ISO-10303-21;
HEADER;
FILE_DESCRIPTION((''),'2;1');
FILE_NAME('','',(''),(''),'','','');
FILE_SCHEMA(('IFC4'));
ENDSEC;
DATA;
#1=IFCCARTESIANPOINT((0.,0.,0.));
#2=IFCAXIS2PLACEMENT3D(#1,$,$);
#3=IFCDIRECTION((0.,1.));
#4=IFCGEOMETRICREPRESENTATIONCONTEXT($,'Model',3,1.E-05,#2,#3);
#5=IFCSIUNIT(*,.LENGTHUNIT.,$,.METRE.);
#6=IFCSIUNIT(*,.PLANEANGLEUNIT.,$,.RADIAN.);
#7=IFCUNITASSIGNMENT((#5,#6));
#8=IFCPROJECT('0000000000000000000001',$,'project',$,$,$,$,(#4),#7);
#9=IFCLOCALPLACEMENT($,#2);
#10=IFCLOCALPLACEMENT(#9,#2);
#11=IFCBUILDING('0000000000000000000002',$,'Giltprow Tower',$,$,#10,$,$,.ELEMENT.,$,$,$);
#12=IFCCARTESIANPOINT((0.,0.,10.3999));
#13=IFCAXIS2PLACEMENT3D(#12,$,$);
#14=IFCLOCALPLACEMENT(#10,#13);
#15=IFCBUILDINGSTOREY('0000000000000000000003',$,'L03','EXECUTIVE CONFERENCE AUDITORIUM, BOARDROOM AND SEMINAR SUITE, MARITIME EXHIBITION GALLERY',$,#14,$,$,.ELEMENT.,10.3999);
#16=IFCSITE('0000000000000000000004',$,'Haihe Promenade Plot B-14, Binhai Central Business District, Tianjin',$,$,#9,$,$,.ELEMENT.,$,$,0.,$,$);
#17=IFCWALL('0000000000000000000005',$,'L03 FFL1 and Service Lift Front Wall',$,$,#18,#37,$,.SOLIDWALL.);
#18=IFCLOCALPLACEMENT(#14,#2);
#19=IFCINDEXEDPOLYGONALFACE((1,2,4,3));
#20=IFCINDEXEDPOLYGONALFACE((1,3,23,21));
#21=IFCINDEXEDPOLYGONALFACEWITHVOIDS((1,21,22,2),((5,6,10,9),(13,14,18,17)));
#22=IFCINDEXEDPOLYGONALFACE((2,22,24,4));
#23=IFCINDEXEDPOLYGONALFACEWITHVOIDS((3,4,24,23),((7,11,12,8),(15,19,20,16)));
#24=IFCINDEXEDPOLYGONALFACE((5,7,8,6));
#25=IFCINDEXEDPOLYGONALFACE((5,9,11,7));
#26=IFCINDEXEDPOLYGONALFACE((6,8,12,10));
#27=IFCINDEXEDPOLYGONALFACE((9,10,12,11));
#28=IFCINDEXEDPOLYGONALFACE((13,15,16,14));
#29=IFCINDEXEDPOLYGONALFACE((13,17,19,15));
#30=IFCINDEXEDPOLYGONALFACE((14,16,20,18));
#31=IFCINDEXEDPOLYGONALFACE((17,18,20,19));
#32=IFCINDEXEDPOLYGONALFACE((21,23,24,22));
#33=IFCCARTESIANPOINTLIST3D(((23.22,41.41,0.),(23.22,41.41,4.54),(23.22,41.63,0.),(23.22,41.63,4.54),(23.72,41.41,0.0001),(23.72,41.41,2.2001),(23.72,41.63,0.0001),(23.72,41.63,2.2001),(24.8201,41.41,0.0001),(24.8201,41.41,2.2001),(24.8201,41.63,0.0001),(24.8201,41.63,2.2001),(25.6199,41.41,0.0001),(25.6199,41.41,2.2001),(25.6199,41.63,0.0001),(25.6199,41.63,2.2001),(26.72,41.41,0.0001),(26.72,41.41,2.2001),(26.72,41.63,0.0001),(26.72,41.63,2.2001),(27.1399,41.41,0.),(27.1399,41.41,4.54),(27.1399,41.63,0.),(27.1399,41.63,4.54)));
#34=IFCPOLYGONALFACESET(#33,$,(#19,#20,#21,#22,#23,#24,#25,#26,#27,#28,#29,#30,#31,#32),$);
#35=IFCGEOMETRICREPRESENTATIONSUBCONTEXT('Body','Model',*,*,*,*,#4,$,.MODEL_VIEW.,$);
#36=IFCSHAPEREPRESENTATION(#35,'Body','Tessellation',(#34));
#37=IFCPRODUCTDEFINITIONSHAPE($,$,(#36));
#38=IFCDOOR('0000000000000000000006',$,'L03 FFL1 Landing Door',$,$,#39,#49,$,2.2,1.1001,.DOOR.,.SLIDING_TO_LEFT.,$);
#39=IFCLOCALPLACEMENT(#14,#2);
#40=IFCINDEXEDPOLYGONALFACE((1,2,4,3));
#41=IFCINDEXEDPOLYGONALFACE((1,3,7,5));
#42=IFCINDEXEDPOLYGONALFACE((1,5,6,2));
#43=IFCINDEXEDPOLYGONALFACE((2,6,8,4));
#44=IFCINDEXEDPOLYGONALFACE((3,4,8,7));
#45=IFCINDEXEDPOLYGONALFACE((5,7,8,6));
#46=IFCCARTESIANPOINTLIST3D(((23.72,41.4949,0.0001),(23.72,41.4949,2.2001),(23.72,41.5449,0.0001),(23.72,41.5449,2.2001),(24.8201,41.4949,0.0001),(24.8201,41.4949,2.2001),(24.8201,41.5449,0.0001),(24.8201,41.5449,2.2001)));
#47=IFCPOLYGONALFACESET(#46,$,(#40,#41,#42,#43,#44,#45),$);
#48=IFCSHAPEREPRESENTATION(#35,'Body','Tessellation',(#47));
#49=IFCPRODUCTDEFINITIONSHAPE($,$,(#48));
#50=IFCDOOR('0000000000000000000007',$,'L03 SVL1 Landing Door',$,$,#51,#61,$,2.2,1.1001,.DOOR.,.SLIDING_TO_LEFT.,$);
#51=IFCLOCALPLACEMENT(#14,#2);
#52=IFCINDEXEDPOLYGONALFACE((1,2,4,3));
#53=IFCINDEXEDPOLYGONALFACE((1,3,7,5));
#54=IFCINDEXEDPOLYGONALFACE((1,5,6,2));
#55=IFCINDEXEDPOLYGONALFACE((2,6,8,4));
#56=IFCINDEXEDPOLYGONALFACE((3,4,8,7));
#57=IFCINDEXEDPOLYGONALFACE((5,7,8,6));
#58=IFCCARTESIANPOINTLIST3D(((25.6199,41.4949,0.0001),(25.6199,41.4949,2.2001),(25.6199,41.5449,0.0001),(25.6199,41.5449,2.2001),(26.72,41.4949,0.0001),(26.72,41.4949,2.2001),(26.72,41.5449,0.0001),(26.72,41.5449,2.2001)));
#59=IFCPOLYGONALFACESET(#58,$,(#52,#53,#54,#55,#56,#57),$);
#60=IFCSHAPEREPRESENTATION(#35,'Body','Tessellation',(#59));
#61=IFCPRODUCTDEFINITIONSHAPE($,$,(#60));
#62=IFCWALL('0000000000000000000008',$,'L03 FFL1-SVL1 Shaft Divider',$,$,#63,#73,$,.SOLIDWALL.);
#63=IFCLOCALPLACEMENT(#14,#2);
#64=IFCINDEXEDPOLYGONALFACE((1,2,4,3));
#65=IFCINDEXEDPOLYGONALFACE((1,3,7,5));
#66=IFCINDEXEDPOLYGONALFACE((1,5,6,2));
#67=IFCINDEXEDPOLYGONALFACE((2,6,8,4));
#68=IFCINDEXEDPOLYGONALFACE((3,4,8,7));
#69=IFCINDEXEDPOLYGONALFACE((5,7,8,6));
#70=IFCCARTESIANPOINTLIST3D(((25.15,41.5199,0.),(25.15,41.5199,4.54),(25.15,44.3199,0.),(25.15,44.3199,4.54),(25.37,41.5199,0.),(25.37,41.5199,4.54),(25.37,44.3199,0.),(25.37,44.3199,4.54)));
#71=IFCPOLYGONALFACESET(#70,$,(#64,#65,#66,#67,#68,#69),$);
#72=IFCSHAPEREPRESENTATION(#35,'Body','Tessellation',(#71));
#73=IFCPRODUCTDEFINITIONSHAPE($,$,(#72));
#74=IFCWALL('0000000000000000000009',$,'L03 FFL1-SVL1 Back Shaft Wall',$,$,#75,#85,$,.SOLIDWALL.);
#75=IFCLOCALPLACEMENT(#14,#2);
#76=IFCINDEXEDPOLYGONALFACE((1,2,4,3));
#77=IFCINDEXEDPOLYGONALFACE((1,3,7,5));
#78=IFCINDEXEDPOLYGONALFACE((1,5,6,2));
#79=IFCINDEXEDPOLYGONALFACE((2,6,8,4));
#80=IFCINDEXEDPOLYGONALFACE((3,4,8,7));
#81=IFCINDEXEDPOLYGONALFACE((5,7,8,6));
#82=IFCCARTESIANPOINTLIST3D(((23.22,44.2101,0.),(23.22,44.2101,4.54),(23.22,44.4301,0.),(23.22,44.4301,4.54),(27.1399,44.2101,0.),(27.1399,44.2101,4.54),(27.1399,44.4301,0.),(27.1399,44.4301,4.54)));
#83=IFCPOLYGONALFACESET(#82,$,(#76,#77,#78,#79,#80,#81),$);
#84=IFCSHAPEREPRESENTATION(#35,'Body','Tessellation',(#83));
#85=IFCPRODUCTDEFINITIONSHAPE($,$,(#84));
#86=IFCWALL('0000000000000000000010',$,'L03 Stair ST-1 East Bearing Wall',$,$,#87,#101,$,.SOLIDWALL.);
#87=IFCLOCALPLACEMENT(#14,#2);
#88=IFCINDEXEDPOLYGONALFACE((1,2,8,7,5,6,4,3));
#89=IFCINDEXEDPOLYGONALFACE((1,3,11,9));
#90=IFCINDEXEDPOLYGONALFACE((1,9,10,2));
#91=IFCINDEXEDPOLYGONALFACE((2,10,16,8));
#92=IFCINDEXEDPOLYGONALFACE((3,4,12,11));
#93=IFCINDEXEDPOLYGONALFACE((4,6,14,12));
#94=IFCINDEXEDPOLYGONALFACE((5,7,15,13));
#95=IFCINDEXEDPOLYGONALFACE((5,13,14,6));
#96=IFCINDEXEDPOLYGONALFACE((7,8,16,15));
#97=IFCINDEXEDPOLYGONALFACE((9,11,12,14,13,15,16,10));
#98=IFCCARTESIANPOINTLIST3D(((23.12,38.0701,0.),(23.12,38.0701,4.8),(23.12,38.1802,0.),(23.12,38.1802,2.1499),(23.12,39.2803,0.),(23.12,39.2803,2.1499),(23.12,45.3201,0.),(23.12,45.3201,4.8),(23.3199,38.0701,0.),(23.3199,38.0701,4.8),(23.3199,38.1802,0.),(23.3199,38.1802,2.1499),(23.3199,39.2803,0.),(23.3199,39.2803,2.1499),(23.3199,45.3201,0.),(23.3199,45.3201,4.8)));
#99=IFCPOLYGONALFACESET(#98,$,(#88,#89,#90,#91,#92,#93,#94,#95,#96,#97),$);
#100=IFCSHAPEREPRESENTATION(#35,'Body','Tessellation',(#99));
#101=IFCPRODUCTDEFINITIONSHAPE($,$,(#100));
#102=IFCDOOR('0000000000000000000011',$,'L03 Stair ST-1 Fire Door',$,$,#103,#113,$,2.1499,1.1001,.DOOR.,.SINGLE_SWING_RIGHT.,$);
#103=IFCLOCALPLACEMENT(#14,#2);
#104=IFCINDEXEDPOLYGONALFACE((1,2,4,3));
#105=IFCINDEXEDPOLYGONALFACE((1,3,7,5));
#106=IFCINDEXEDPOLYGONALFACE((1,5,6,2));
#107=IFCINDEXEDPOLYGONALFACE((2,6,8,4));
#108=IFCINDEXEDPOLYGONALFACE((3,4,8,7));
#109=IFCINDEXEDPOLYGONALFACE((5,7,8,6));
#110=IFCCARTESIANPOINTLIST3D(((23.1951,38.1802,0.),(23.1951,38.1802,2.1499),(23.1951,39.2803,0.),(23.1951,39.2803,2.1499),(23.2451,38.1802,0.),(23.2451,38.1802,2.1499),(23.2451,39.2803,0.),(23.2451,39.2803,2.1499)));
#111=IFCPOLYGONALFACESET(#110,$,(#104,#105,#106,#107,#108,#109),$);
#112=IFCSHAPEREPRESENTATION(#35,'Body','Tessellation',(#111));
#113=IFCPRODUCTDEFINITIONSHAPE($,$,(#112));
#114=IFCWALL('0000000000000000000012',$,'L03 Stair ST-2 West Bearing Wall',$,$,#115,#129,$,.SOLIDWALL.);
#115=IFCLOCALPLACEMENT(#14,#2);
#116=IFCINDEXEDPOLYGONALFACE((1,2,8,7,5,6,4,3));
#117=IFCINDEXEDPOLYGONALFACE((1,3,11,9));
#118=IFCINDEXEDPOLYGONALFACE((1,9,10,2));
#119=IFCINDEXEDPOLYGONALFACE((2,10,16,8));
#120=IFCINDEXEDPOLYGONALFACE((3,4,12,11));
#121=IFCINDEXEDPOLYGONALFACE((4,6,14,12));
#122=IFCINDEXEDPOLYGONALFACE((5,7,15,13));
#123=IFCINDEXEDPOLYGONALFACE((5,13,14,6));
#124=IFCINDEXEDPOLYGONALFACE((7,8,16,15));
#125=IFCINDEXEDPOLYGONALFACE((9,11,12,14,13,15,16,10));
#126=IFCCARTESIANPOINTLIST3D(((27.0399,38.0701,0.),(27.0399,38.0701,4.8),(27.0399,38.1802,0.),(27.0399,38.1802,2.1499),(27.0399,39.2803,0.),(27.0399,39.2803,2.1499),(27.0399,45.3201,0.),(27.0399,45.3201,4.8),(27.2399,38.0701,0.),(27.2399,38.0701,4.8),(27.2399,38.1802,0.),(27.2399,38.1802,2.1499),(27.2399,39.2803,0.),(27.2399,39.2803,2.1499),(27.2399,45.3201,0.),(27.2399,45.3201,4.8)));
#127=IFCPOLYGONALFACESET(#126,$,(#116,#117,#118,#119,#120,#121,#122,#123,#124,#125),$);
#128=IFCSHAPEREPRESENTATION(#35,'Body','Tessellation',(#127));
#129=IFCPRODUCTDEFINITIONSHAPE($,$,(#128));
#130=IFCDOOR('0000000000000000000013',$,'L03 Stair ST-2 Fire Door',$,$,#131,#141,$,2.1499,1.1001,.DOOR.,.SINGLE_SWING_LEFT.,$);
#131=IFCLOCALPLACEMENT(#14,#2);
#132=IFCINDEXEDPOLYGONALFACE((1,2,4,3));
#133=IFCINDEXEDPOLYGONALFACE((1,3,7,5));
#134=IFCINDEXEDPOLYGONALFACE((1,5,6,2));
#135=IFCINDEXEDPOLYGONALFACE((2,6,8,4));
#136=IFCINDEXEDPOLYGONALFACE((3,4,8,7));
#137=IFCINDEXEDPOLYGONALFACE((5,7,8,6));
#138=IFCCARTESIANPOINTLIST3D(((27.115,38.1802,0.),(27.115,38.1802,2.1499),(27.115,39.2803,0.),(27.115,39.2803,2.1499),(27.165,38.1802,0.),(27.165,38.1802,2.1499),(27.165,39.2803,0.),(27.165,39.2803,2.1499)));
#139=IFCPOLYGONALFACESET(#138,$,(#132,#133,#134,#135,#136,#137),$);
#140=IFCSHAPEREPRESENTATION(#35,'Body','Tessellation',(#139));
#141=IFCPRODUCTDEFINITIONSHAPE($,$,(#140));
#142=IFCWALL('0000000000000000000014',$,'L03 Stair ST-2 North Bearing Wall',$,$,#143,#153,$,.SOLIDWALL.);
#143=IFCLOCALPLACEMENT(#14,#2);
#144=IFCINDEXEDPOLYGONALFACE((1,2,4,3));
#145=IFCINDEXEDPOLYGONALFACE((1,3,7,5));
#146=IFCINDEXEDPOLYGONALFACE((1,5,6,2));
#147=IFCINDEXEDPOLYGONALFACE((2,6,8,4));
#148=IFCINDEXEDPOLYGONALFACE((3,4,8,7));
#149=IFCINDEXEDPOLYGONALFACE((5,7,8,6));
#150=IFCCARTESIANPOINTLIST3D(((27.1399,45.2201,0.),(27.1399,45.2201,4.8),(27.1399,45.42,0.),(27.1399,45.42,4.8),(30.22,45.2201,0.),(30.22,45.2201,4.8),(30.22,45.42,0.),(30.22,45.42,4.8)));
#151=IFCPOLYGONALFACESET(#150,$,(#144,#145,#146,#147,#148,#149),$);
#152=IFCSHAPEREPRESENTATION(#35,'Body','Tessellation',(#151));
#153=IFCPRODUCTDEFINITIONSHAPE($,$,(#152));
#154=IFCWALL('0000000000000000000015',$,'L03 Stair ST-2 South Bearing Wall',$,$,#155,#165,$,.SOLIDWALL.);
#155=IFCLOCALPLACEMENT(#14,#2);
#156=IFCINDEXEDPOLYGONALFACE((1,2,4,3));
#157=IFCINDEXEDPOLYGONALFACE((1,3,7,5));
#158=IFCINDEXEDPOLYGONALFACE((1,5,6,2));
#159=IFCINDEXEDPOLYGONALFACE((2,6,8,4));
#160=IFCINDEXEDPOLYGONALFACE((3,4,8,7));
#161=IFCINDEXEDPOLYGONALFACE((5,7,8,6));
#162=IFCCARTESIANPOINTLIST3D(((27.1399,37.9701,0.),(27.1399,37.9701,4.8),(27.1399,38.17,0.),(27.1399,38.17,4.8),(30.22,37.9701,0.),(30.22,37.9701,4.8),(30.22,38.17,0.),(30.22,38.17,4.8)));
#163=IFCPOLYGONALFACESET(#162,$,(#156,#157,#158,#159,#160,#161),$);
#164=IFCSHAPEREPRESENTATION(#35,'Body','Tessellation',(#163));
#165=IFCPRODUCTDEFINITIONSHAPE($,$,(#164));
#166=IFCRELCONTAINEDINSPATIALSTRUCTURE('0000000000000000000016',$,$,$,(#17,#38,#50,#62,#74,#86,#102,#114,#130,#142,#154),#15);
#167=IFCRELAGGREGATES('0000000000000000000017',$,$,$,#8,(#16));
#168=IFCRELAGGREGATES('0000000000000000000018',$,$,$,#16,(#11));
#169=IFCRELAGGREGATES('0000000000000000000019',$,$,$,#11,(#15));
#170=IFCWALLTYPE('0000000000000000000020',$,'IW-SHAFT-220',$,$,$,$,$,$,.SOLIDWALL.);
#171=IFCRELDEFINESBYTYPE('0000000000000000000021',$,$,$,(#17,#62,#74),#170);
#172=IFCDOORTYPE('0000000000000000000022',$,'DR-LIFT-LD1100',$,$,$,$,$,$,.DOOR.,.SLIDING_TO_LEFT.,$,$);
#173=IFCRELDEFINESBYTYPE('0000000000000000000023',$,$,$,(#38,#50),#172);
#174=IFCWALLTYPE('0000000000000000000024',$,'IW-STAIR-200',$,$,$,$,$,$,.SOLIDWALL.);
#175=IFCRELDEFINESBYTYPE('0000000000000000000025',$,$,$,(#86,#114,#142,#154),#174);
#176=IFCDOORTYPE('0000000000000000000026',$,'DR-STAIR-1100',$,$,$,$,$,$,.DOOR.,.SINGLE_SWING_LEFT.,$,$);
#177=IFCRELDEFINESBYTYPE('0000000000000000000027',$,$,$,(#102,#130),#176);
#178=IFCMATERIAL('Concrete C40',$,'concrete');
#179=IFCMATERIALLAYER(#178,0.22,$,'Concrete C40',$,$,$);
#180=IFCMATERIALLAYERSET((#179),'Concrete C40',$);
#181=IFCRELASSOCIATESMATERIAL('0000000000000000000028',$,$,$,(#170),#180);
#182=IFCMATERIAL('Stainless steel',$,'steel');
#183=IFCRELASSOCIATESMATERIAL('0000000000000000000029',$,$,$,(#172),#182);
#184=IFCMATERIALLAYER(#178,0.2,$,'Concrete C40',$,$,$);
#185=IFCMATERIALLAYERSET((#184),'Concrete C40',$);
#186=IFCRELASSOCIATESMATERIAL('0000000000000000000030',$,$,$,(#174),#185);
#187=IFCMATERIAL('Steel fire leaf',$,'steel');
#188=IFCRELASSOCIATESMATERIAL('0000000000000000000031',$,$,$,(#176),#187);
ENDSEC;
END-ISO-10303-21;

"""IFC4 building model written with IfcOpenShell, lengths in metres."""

from ifc_helpers import new_model, si_unit, direction, frame, frame_2d, origin, place, context, subcontext, project, spatial, rectangle, extrude, source, transform, mapped, material, layer, layer_set, type_object, element, fill, save


model = new_model("IFC4")

# Units and contexts
model_context = context("Model", 3, precision=1e-05, world=origin(), true_north=direction((0.0, 1.0)))
body_context = subcontext(model_context, "Body", "Model", "MODEL_VIEW")
ifc_project = project(units=[si_unit("LENGTHUNIT", "METRE"), si_unit("PLANEANGLEUNIT", "RADIAN")], contexts=[model_context])

# Site, building, storey
site_placement = place(None, origin())
site = spatial("IfcSite", under=ifc_project, at=site_placement, Name="Haihe Promenade Plot B-14, Binhai Central Business District, Tianjin", CompositionType="ELEMENT", RefElevation=0.0)
building_placement = place(site_placement, origin())
building = spatial("IfcBuilding", under=site, at=building_placement, Name="Giltprow Tower", CompositionType="ELEMENT")
storey_placement = place(building_placement, frame((0.0, 0.0, 10.3999)))
storey = spatial("IfcBuildingStorey", under=building, at=storey_placement, Name="L03", Description="EXECUTIVE CONFERENCE AUDITORIUM, BOARDROOM AND SEMINAR SUITE, MARITIME EXHIBITION GALLERY", CompositionType="ELEMENT", Elevation=10.3999)

# Wall, openings, doors
ifc_material_1 = material(Name="Concrete C40", Category="concrete")
ifc_layer_1 = layer(ifc_material_1, 0.22, Name="Concrete C40")
ifc_layer_set_1 = layer_set([ifc_layer_1], Name="Concrete C40")
wall_type_1 = type_object("IfcWallType", Name="IW-SHAFT-220", PredefinedType="SOLIDWALL", material=ifc_layer_set_1)
wall_1_placement = place(storey_placement, frame((23.22, 41.52, 0.0), z_axis=(0.0, 0.0, 1.0), x_axis=(1.0, 0.0, 0.0)))
wall_1 = element("IfcWall", 1, at=wall_1_placement, inside=storey, type_object=wall_type_1, Name="L03 FFL1 and Service Lift Front Wall", PredefinedType="SOLIDWALL", context=body_context, shape_type="SweptSolid", body=[
    extrude(rectangle(XDim=3.9199, YDim=0.22, at=frame_2d((1.96, 0.0))), origin(), (0.0, 0.0, 1.0), 4.54),
])
opening_1_placement = place(wall_1_placement, frame((0.5, 0.0, 0.0)))
opening_1 = element("IfcOpeningElement", 2, at=opening_1_placement, cuts=wall_1, PredefinedType="OPENING", context=body_context, shape_type="SweptSolid", body=[
    extrude(rectangle(XDim=1.1001, YDim=2.2, at=frame_2d((0.55, 1.1001))), frame((0.0, 0.1199, 0.0), z_axis=(0.0, -1.0, 0.0), x_axis=(1.0, 0.0, 0.0)), (0.0, 0.0, 1.0), 0.24),
])
opening_2_placement = place(wall_1_placement, frame((2.3999, 0.0, 0.0)))
opening_2 = element("IfcOpeningElement", 3, at=opening_2_placement, cuts=wall_1, PredefinedType="OPENING", context=body_context, shape_type="SweptSolid", body=[
    extrude(rectangle(XDim=1.1001, YDim=2.2, at=frame_2d((0.55, 1.1001))), frame((0.0, 0.1199, 0.0), z_axis=(0.0, -1.0, 0.0), x_axis=(1.0, 0.0, 0.0)), (0.0, 0.0, 1.0), 0.24),
])
ifc_material_2 = material(Name="Stainless steel", Category="steel")
door_type_1 = type_object("IfcDoorType", Name="DR-LIFT-LD1100", OperationType="SLIDING_TO_LEFT", PredefinedType="DOOR", material=ifc_material_2)
shared_shape_1 = source(origin(), body_context, "Body", "SweptSolid", [
    extrude(rectangle(XDim=1.1001, YDim=2.2, at=frame_2d((0.55, 1.1001))), frame((0.0, 0.0249, 0.0), z_axis=(0.0, -1.0, 0.0), x_axis=(1.0, 0.0, 0.0)), (0.0, 0.0, 1.0), 0.05),
])
door_1_placement = place(opening_1_placement, origin())
door_1 = element("IfcDoor", 4, at=door_1_placement, inside=storey, type_object=door_type_1, Name="L03 FFL1 Landing Door", OperationType="SLIDING_TO_LEFT", OverallHeight=2.2, OverallWidth=1.1001, PredefinedType="DOOR", context=body_context, shape_type="MappedRepresentation", body=[
    mapped(shared_shape_1, transform((0.0, 0.0, 0.0), x_axis=(1.0, 0.0, 0.0), y_axis=(0.0, 1.0, 0.0), z_axis=(0.0, 0.0, 1.0), scale=1.0)),
])
fill(opening_1, door_1)
door_2_placement = place(opening_2_placement, origin())
door_2 = element("IfcDoor", 5, at=door_2_placement, inside=storey, type_object=door_type_1, Name="L03 SVL1 Landing Door", OperationType="SLIDING_TO_LEFT", OverallHeight=2.2, OverallWidth=1.1001, PredefinedType="DOOR", context=body_context, shape_type="MappedRepresentation", body=[
    mapped(shared_shape_1, transform((0.0, 0.0, 0.0), x_axis=(1.0, 0.0, 0.0), y_axis=(0.0, 1.0, 0.0), z_axis=(0.0, 0.0, 1.0), scale=1.0)),
])
fill(opening_2, door_2)

# Walls
wall_2_placement = place(storey_placement, frame((25.26, 41.52, 0.0), z_axis=(0.0, 0.0, 1.0), x_axis=(0.0, 1.0, 0.0)))
element("IfcWall", 6, at=wall_2_placement, inside=storey, type_object=wall_type_1, Name="L03 FFL1-SVL1 Shaft Divider", PredefinedType="SOLIDWALL", context=body_context, shape_type="SweptSolid", body=[
    extrude(rectangle(XDim=2.8, YDim=0.22, at=frame_2d((1.3999, 0.0))), origin(), (0.0, 0.0, 1.0), 4.54),
])
wall_3_placement = place(storey_placement, frame((23.22, 44.3201, 0.0), z_axis=(0.0, 0.0, 1.0), x_axis=(1.0, 0.0, 0.0)))
element("IfcWall", 7, at=wall_3_placement, inside=storey, type_object=wall_type_1, Name="L03 FFL1-SVL1 Back Shaft Wall", PredefinedType="SOLIDWALL", context=body_context, shape_type="SweptSolid", body=[
    extrude(rectangle(XDim=3.9199, YDim=0.22, at=frame_2d((1.96, 0.0))), origin(), (0.0, 0.0, 1.0), 4.54),
])

# Walls, openings, doors
ifc_layer_2 = layer(ifc_material_1, 0.2, Name="Concrete C40")
ifc_layer_set_2 = layer_set([ifc_layer_2], Name="Concrete C40")
wall_type_2 = type_object("IfcWallType", Name="IW-STAIR-200", PredefinedType="SOLIDWALL", material=ifc_layer_set_2)
wall_4_placement = place(storey_placement, frame((23.22, 38.0701, 0.0), z_axis=(0.0, 0.0, 1.0), x_axis=(0.0, 1.0, 0.0)))
wall_4 = element("IfcWall", 8, at=wall_4_placement, inside=storey, type_object=wall_type_2, Name="L03 Stair ST-1 East Bearing Wall", PredefinedType="SOLIDWALL", context=body_context, shape_type="SweptSolid", body=[
    extrude(rectangle(XDim=7.25, YDim=0.2, at=frame_2d((3.625, 0.0))), origin(), (0.0, 0.0, 1.0), 4.8),
])
opening_3_placement = place(wall_4_placement, frame((0.1101, 0.0, 0.0)))
opening_3 = element("IfcOpeningElement", 9, at=opening_3_placement, cuts=wall_4, PredefinedType="OPENING", context=body_context, shape_type="SweptSolid", body=[
    extrude(rectangle(XDim=1.1001, YDim=2.1499, at=frame_2d((0.55, 1.075))), frame((0.0, 0.1099, 0.0), z_axis=(0.0, -1.0, 0.0), x_axis=(1.0, 0.0, 0.0)), (0.0, 0.0, 1.0), 0.22),
])
ifc_material_3 = material(Name="Steel fire leaf", Category="steel")
door_type_2 = type_object("IfcDoorType", Name="DR-STAIR-1100", OperationType="SINGLE_SWING_LEFT", PredefinedType="DOOR", material=ifc_material_3)
shared_shape_2 = source(origin(), body_context, "Body", "SweptSolid", [
    extrude(rectangle(XDim=1.1001, YDim=2.1499, at=frame_2d((0.55, 1.075))), frame((0.0, 0.0249, 0.0), z_axis=(0.0, -1.0, 0.0), x_axis=(1.0, 0.0, 0.0)), (0.0, 0.0, 1.0), 0.05),
])
door_3_placement = place(opening_3_placement, origin())
door_3 = element("IfcDoor", 10, at=door_3_placement, inside=storey, type_object=door_type_2, Name="L03 Stair ST-1 Fire Door", OperationType="SINGLE_SWING_RIGHT", OverallHeight=2.1499, OverallWidth=1.1001, PredefinedType="DOOR", context=body_context, shape_type="MappedRepresentation", body=[
    mapped(shared_shape_2, transform((0.0, 0.0, 0.0), x_axis=(1.0, 0.0, 0.0), y_axis=(0.0, 1.0, 0.0), z_axis=(0.0, 0.0, 1.0), scale=1.0)),
])
fill(opening_3, door_3)
wall_5_placement = place(storey_placement, frame((27.1399, 38.0701, 0.0), z_axis=(0.0, 0.0, 1.0), x_axis=(0.0, 1.0, 0.0)))
wall_5 = element("IfcWall", 11, at=wall_5_placement, inside=storey, type_object=wall_type_2, Name="L03 Stair ST-2 West Bearing Wall", PredefinedType="SOLIDWALL", context=body_context, shape_type="SweptSolid", body=[
    extrude(rectangle(XDim=7.25, YDim=0.2, at=frame_2d((3.625, 0.0))), origin(), (0.0, 0.0, 1.0), 4.8),
])
opening_4_placement = place(wall_5_placement, frame((0.1101, 0.0, 0.0)))
opening_4 = element("IfcOpeningElement", 12, at=opening_4_placement, cuts=wall_5, PredefinedType="OPENING", context=body_context, shape_type="SweptSolid", body=[
    extrude(rectangle(XDim=1.1001, YDim=2.1499, at=frame_2d((0.55, 1.075))), frame((0.0, 0.1099, 0.0), z_axis=(0.0, -1.0, 0.0), x_axis=(1.0, 0.0, 0.0)), (0.0, 0.0, 1.0), 0.22),
])
door_4_placement = place(opening_4_placement, origin())
door_4 = element("IfcDoor", 13, at=door_4_placement, inside=storey, type_object=door_type_2, Name="L03 Stair ST-2 Fire Door", OperationType="SINGLE_SWING_LEFT", OverallHeight=2.1499, OverallWidth=1.1001, PredefinedType="DOOR", context=body_context, shape_type="MappedRepresentation", body=[
    mapped(shared_shape_2, transform((0.0, 0.0, 0.0), x_axis=(1.0, 0.0, 0.0), y_axis=(0.0, 1.0, 0.0), z_axis=(0.0, 0.0, 1.0), scale=1.0)),
])
fill(opening_4, door_4)

# Walls
for number, where, z_axis, x_axis, name in (
    (14, (27.1399, 45.3201, 0.0), (0.0, 0.0, 1.0), (1.0, 0.0, 0.0), "L03 Stair ST-2 North Bearing Wall"),
    (15, (27.1399, 38.0701, 0.0), (0.0, 0.0, 1.0), (1.0, 0.0, 0.0), "L03 Stair ST-2 South Bearing Wall"),
):
    element("IfcWall", number, at=place(storey_placement, frame(where, z_axis=z_axis, x_axis=x_axis)), inside=storey, type_object=wall_type_2, Name=name, PredefinedType="SOLIDWALL", context=body_context, shape_type="SweptSolid", body=[
        extrude(rectangle(XDim=3.0801, YDim=0.2, at=frame_2d((1.54, 0.0))), origin(), (0.0, 0.0, 1.0), 4.8),
    ])

save(model, "model.ifc")
